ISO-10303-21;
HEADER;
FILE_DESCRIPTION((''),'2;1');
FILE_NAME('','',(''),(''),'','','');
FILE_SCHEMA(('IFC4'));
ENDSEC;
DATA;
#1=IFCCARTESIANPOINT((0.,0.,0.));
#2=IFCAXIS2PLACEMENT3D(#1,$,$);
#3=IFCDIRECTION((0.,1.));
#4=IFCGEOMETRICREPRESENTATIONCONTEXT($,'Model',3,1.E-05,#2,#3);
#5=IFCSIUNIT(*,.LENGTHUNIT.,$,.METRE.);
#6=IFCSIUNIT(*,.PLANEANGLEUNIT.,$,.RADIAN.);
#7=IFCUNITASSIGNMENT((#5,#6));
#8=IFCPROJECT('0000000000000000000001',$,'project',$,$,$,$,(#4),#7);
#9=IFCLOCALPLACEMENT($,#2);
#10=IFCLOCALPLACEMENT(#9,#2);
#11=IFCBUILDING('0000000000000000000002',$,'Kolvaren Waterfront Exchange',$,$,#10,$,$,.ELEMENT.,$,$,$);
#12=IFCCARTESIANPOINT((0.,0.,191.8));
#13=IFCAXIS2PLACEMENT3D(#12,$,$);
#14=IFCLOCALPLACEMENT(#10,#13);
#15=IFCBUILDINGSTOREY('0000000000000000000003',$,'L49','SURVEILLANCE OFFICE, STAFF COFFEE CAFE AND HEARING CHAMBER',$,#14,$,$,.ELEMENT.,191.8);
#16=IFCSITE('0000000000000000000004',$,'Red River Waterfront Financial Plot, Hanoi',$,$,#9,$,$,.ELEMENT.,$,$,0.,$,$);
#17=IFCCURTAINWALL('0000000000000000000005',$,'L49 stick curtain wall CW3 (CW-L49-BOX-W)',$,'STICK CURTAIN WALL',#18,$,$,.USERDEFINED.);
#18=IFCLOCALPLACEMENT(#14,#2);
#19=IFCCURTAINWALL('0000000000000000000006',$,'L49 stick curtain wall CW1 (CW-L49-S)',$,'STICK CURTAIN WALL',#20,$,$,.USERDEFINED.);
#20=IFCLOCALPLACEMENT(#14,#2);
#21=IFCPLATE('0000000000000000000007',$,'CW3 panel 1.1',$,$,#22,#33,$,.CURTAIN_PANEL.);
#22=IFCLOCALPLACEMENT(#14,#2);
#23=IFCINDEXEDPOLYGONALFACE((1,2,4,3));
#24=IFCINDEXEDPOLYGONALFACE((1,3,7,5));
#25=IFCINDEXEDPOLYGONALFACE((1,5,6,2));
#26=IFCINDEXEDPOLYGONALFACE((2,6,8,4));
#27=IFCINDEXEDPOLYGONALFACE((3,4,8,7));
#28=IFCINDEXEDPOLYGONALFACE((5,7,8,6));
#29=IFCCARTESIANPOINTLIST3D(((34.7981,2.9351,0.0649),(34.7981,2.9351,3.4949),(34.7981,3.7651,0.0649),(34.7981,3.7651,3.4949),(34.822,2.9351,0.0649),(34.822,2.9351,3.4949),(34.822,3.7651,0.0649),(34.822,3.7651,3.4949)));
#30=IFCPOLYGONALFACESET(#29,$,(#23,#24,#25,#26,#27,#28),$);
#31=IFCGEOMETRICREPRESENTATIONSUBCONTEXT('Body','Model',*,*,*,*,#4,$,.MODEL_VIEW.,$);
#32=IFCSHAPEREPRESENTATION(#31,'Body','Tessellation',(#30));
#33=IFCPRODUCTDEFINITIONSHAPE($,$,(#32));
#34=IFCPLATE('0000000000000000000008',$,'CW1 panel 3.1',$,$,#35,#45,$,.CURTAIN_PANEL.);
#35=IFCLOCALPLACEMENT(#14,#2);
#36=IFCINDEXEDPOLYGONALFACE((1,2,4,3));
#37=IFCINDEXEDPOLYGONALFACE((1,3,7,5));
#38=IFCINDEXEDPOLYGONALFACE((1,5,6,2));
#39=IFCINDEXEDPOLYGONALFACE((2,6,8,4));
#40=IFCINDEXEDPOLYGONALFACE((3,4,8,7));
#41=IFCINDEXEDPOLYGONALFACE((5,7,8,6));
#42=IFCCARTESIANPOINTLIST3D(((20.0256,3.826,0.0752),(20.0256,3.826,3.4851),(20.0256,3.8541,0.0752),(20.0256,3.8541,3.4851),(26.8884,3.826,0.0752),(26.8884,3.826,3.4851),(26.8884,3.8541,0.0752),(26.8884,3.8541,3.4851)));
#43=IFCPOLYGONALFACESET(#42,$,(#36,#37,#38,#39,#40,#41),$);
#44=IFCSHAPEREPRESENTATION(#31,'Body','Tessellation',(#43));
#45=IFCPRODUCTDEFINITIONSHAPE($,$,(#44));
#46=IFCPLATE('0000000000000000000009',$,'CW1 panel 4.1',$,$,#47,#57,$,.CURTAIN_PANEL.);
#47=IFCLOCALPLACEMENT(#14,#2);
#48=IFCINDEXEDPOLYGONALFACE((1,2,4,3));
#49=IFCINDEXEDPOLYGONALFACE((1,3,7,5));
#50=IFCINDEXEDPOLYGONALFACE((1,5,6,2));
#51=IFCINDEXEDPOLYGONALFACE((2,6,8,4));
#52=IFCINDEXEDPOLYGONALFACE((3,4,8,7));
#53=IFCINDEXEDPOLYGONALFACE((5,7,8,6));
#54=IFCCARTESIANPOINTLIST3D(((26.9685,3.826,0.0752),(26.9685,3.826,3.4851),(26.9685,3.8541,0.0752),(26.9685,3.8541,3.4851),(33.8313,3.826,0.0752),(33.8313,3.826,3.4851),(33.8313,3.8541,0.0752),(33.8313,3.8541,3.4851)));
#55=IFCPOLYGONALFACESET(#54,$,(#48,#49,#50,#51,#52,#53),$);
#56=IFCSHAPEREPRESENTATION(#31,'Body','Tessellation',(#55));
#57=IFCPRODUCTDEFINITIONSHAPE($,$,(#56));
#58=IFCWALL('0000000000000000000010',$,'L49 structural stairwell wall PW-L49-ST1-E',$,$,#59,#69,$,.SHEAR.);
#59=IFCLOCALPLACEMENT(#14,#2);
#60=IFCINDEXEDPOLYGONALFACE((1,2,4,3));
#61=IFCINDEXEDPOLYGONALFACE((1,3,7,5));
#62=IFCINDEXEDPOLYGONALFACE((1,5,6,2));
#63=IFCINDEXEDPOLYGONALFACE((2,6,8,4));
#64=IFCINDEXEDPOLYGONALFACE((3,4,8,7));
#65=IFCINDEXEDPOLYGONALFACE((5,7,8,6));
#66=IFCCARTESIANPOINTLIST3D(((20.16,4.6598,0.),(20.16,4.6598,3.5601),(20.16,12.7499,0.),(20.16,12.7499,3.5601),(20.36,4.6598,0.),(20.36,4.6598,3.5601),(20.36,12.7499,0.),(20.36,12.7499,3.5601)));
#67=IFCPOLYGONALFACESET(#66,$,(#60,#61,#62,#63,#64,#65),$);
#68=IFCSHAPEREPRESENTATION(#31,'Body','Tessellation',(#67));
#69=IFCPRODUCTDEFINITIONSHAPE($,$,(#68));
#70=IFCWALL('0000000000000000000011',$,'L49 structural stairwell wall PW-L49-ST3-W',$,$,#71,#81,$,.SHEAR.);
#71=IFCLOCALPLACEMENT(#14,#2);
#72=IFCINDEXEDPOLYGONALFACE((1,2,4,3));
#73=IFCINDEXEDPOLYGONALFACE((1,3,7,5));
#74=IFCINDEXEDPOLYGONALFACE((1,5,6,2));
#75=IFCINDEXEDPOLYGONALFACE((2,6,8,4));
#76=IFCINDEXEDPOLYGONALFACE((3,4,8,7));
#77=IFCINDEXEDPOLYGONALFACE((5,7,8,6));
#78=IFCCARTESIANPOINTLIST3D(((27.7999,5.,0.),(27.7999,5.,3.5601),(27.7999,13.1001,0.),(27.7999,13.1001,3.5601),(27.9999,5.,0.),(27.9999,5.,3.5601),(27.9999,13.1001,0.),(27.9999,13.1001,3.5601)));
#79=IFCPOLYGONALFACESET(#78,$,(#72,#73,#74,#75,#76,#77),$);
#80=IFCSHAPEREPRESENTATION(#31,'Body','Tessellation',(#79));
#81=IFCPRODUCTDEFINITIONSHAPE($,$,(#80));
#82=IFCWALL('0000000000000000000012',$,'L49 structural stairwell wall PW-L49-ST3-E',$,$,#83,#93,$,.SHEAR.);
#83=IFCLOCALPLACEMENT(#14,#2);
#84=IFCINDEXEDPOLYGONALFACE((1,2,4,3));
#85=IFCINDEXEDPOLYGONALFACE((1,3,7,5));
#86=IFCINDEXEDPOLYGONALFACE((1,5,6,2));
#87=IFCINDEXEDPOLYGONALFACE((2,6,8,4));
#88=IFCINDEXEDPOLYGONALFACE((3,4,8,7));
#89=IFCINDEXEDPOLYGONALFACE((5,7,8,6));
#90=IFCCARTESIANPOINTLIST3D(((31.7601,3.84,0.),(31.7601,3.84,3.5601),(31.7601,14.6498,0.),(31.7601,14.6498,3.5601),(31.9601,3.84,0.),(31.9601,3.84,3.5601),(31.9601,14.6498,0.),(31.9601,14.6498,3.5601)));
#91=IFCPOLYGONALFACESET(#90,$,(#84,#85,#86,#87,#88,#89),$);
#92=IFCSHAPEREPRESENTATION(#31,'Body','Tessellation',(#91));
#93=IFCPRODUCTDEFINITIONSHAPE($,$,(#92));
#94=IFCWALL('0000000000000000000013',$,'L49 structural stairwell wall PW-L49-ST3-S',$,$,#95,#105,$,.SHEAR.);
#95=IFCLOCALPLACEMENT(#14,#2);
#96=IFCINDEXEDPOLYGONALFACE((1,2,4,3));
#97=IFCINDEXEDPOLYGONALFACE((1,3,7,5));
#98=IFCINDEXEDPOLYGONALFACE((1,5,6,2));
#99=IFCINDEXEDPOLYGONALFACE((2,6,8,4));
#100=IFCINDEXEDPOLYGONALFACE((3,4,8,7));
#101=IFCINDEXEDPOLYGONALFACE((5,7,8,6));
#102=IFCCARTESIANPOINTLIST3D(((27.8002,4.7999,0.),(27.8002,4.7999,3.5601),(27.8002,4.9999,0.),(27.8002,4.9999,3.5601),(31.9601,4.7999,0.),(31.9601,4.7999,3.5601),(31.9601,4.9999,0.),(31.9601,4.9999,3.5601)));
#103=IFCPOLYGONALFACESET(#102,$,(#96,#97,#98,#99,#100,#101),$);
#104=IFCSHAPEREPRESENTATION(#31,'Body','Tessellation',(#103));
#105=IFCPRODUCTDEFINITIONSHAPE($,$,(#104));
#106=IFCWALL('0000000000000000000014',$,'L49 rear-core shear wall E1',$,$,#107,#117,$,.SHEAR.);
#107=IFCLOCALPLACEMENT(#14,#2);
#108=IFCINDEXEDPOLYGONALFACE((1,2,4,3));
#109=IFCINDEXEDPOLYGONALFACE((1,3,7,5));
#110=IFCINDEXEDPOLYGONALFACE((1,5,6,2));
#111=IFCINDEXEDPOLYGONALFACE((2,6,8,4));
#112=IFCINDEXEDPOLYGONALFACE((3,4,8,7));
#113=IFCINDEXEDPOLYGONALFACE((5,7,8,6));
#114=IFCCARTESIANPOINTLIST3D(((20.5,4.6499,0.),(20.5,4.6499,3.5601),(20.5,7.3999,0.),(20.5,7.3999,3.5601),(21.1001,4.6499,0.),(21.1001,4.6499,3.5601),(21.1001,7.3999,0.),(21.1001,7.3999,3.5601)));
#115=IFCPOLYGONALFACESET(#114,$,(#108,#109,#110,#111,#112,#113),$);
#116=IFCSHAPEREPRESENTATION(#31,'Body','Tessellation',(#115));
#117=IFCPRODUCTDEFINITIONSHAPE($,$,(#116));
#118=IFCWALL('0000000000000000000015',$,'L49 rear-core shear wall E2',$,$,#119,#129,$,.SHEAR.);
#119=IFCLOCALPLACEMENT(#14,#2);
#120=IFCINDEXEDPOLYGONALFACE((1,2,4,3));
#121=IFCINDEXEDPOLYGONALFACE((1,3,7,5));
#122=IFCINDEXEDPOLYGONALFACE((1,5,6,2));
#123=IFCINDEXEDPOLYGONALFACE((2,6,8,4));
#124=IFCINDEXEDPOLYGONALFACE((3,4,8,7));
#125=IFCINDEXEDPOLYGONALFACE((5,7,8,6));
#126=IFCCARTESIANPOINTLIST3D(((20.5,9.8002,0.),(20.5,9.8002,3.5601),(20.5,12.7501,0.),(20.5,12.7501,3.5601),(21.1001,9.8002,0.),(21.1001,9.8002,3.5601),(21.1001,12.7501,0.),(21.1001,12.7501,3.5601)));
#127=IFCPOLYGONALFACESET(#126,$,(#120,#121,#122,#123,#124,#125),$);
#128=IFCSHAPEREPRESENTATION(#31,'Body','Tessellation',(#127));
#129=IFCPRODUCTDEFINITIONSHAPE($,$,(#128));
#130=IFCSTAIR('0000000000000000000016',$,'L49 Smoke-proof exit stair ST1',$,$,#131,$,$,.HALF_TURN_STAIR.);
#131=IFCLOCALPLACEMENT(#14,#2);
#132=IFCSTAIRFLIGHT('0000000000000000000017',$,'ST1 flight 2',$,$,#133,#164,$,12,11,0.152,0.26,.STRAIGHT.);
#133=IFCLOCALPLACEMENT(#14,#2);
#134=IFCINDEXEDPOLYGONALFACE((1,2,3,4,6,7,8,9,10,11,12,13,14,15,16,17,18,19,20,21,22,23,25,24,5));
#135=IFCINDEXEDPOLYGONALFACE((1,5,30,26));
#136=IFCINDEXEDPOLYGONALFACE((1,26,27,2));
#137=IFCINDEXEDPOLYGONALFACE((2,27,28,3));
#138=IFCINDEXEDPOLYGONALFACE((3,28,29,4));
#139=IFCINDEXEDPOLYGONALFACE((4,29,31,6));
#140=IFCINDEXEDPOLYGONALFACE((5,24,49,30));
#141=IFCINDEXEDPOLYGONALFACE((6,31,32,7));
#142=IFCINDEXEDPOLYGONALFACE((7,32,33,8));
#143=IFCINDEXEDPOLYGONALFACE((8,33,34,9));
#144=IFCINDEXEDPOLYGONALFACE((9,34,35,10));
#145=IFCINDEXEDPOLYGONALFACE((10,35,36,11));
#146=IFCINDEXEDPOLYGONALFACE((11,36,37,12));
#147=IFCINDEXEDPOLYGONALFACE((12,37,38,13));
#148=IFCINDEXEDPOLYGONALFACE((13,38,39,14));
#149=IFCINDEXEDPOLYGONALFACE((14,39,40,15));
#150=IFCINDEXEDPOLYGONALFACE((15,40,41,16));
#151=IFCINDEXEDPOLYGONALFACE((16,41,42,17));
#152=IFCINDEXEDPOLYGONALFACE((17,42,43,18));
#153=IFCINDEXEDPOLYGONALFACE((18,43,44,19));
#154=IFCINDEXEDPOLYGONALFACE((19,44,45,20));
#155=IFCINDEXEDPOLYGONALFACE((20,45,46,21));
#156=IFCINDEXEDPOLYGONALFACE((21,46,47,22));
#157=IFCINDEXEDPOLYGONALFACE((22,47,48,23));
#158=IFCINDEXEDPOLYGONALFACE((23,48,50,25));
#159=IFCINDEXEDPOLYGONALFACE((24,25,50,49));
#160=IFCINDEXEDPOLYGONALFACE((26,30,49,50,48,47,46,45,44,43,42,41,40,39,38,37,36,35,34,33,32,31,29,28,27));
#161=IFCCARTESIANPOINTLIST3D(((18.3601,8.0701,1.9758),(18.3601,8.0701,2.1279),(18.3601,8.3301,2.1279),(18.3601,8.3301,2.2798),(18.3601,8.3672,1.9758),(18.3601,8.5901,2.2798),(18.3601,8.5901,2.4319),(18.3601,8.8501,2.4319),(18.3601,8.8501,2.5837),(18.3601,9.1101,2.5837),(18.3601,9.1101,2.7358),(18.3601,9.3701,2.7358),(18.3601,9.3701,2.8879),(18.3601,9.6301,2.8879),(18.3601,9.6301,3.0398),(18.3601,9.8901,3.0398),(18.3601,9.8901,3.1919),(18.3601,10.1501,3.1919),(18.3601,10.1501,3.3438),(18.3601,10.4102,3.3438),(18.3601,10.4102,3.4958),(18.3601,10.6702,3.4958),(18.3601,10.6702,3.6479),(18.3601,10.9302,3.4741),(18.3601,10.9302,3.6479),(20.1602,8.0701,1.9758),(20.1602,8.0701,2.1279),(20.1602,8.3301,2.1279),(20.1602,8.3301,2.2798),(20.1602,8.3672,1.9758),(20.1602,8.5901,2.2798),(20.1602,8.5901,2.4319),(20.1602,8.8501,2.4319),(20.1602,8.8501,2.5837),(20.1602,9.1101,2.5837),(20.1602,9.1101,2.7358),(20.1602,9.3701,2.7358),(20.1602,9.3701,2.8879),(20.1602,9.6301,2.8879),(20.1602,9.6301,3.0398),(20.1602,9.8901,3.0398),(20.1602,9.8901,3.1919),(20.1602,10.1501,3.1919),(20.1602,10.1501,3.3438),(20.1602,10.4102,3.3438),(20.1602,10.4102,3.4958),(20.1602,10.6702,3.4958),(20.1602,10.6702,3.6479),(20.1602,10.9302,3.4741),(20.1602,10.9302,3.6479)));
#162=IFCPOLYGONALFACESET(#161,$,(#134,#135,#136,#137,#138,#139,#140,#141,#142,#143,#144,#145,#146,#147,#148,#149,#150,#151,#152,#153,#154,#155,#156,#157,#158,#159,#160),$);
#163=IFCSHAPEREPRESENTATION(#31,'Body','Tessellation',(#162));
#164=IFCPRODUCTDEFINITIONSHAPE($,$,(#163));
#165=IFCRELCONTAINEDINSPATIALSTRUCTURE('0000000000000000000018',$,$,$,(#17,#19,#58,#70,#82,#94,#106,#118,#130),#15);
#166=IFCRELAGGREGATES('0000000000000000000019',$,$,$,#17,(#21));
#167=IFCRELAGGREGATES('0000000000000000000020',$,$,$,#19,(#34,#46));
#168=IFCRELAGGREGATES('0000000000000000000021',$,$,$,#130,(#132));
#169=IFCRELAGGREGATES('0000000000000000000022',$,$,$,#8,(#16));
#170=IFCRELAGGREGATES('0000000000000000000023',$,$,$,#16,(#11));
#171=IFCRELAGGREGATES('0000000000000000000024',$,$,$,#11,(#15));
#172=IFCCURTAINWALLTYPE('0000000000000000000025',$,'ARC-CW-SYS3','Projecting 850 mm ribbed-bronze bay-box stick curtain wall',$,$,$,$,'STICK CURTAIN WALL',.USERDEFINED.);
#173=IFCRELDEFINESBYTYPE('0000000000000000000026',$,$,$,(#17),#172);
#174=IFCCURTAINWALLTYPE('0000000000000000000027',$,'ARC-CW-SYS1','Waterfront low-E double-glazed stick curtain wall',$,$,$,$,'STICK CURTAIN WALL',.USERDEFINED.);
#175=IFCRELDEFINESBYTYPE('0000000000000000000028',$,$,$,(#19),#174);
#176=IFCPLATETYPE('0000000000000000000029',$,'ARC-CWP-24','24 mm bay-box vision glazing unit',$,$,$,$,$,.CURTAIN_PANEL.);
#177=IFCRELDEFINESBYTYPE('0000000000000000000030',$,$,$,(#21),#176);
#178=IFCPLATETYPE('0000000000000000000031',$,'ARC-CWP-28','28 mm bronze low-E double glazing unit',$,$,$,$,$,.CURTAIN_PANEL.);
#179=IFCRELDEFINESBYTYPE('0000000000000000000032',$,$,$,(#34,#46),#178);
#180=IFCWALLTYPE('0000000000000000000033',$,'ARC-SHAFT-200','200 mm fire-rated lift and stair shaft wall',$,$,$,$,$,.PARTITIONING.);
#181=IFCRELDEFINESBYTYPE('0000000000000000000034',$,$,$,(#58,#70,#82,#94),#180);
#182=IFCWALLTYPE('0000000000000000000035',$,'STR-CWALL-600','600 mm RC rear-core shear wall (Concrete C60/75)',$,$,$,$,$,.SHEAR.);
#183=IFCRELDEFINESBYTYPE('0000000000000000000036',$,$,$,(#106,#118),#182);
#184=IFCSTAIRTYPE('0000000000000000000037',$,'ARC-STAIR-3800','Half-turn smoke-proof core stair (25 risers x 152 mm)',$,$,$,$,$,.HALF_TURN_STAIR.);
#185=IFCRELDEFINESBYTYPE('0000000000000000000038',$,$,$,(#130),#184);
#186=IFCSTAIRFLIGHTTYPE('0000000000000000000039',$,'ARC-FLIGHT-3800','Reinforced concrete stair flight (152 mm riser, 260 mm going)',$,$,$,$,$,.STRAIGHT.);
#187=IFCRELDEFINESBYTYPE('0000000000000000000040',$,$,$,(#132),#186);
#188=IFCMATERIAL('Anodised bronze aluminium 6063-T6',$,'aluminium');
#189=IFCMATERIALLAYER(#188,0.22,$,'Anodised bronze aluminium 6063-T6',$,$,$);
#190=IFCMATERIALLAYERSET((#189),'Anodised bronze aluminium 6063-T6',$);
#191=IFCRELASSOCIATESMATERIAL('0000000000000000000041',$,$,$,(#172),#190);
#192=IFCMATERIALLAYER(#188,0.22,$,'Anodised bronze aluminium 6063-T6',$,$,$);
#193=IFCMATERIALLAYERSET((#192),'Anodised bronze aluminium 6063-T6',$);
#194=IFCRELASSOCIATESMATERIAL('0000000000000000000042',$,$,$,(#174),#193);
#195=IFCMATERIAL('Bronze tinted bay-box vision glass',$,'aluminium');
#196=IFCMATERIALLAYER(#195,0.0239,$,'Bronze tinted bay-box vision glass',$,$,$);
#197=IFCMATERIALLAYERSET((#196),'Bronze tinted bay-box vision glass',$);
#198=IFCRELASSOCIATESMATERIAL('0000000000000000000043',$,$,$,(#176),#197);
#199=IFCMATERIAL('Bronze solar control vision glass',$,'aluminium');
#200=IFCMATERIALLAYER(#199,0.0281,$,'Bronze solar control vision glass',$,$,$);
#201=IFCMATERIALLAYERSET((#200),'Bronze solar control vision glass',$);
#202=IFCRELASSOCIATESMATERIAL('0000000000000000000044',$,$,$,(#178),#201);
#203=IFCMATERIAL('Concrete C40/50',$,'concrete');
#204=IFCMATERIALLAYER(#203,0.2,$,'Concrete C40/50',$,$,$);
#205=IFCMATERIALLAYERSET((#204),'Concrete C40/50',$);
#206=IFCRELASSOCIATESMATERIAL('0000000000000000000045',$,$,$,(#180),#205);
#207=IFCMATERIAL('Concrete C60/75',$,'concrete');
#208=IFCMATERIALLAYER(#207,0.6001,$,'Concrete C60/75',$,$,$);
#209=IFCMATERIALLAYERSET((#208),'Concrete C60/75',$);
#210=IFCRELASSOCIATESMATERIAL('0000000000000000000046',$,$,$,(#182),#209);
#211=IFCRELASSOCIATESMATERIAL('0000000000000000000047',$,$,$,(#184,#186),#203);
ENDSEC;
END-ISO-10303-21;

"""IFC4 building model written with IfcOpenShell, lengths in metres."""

from ifc_helpers import new_model, si_unit, direction, frame, frame_2d, origin, origin_with_axes, origin_2d, place, context, subcontext, project, spatial, polyline, rectangle, outline, extrude, source, transform, mapped, material, layer, layer_set, type_object, element, aggregate, save


model = new_model("IFC4")

# Units and contexts
model_context = context("Model", 3, precision=1e-05, world=origin(), true_north=direction((0.0, 1.0)))
body_context = subcontext(model_context, "Body", "Model", "MODEL_VIEW")
ifc_project = project(units=[si_unit("LENGTHUNIT", "METRE"), si_unit("PLANEANGLEUNIT", "RADIAN")], contexts=[model_context])

# Site, building, storey
site_placement = place(None, origin())
site = spatial("IfcSite", under=ifc_project, at=site_placement, Name="Red River Waterfront Financial Plot, Hanoi", CompositionType="ELEMENT", RefElevation=0.0)
building_placement = place(site_placement, origin())
building = spatial("IfcBuilding", under=site, at=building_placement, Name="Kolvaren Waterfront Exchange", CompositionType="ELEMENT")
storey_placement = place(building_placement, frame((0.0, 0.0, 191.8)))
storey = spatial("IfcBuildingStorey", under=building, at=storey_placement, Name="L49", Description="SURVEILLANCE OFFICE, STAFF COFFEE CAFE AND HEARING CHAMBER", CompositionType="ELEMENT", Elevation=191.8)

# Shared definitions
ifc_material_1 = material(Name="Concrete C60/75", Category="concrete")

# Curtain walls
ifc_material_2 = material(Name="Anodised bronze aluminium 6063-T6", Category="aluminium")
ifc_layer_1 = layer(ifc_material_2, 0.22, Name="Anodised bronze aluminium 6063-T6")
ifc_layer_set_1 = layer_set([ifc_layer_1], Name="Anodised bronze aluminium 6063-T6")
curtain_wall_type_1 = type_object("IfcCurtainWallType", Name="ARC-CW-SYS3", Description="Projecting 850 mm ribbed-bronze bay-box stick curtain wall", ElementType="STICK CURTAIN WALL", PredefinedType="USERDEFINED", material=ifc_layer_set_1)
curtain_wall_1_placement = place(storey_placement, origin())
curtain_wall_1 = element("IfcCurtainWall", 1, at=curtain_wall_1_placement, inside=storey, type_object=curtain_wall_type_1, Name="L49 stick curtain wall CW3 (CW-L49-BOX-W)", ObjectType="STICK CURTAIN WALL", PredefinedType="USERDEFINED")
ifc_layer_2 = layer(ifc_material_2, 0.22, Name="Anodised bronze aluminium 6063-T6")
ifc_layer_set_2 = layer_set([ifc_layer_2], Name="Anodised bronze aluminium 6063-T6")
curtain_wall_type_2 = type_object("IfcCurtainWallType", Name="ARC-CW-SYS1", Description="Waterfront low-E double-glazed stick curtain wall", ElementType="STICK CURTAIN WALL", PredefinedType="USERDEFINED", material=ifc_layer_set_2)
curtain_wall_2_placement = place(storey_placement, origin())
curtain_wall_2 = element("IfcCurtainWall", 2, at=curtain_wall_2_placement, inside=storey, type_object=curtain_wall_type_2, Name="L49 stick curtain wall CW1 (CW-L49-S)", ObjectType="STICK CURTAIN WALL", PredefinedType="USERDEFINED")

# Plates
ifc_material_3 = material(Name="Bronze tinted bay-box vision glass", Category="aluminium")
ifc_layer_3 = layer(ifc_material_3, 0.0239, Name="Bronze tinted bay-box vision glass")
ifc_layer_set_3 = layer_set([ifc_layer_3], Name="Bronze tinted bay-box vision glass")
plate_type_1 = type_object("IfcPlateType", Name="ARC-CWP-24", Description="24 mm bay-box vision glazing unit", PredefinedType="CURTAIN_PANEL", material=ifc_layer_set_3)
shared_shape_1 = source(origin_with_axes(), body_context, "Body", "SweptSolid", [
    extrude(rectangle(XDim=0.8301, YDim=0.0239, at=origin_2d()), origin(), (0.0, 0.0, 1.0), 3.4299),
])
plate_1_placement = place(storey_placement, frame((34.8101, 3.3501, 0.0649), z_axis=(0.0, 0.0, 1.0), x_axis=(0.0, -1.0, 0.0)))
plate_1 = element("IfcPlate", 3, at=plate_1_placement, type_object=plate_type_1, Name="CW3 panel 1.1", PredefinedType="CURTAIN_PANEL", context=body_context, shape_type="MappedRepresentation", body=[
    mapped(shared_shape_1, transform((0.0, 0.0, 0.0), x_axis=(1.0, 0.0, 0.0), y_axis=(0.0, 1.0, 0.0), z_axis=(0.0, 0.0, 1.0), scale=1.0)),
])
aggregate(curtain_wall_1, [plate_1])
ifc_material_4 = material(Name="Bronze solar control vision glass", Category="aluminium")
ifc_layer_4 = layer(ifc_material_4, 0.0281, Name="Bronze solar control vision glass")
ifc_layer_set_4 = layer_set([ifc_layer_4], Name="Bronze solar control vision glass")
plate_type_2 = type_object("IfcPlateType", Name="ARC-CWP-28", Description="28 mm bronze low-E double glazing unit", PredefinedType="CURTAIN_PANEL", material=ifc_layer_set_4)
shared_shape_2 = source(origin_with_axes(), body_context, "Body", "SweptSolid", [
    extrude(rectangle(XDim=6.8628, YDim=0.0281, at=origin_2d()), origin(), (0.0, 0.0, 1.0), 3.4099),
])
plate_2_placement = place(storey_placement, frame((23.457, 3.8401, 0.0752), z_axis=(0.0, 0.0, 1.0), x_axis=(1.0, 0.0, 0.0)))
plate_2 = element("IfcPlate", 4, at=plate_2_placement, type_object=plate_type_2, Name="CW1 panel 3.1", PredefinedType="CURTAIN_PANEL", context=body_context, shape_type="MappedRepresentation", body=[
    mapped(shared_shape_2, transform((0.0, 0.0, 0.0), x_axis=(1.0, 0.0, 0.0), y_axis=(0.0, 1.0, 0.0), z_axis=(0.0, 0.0, 1.0), scale=1.0)),
])
plate_3_placement = place(storey_placement, frame((30.3999, 3.8401, 0.0752), z_axis=(0.0, 0.0, 1.0), x_axis=(1.0, 0.0, 0.0)))
plate_3 = element("IfcPlate", 5, at=plate_3_placement, type_object=plate_type_2, Name="CW1 panel 4.1", PredefinedType="CURTAIN_PANEL", context=body_context, shape_type="MappedRepresentation", body=[
    mapped(shared_shape_2, transform((0.0, 0.0, 0.0), x_axis=(1.0, 0.0, 0.0), y_axis=(0.0, 1.0, 0.0), z_axis=(0.0, 0.0, 1.0), scale=1.0)),
])
aggregate(curtain_wall_2, [plate_2, plate_3])

# Walls
ifc_material_5 = material(Name="Concrete C40/50", Category="concrete")
ifc_layer_5 = layer(ifc_material_5, 0.2, Name="Concrete C40/50")
ifc_layer_set_5 = layer_set([ifc_layer_5], Name="Concrete C40/50")
wall_type_1 = type_object("IfcWallType", Name="ARC-SHAFT-200", Description="200 mm fire-rated lift and stair shaft wall", PredefinedType="PARTITIONING", material=ifc_layer_set_5)
wall_1_placement = place(storey_placement, frame((20.26, 4.6599, 0.0), z_axis=(0.0, 0.0, 1.0), x_axis=(0.0, 1.0, 0.0)))
element("IfcWall", 6, at=wall_1_placement, inside=storey, type_object=wall_type_1, Name="L49 structural stairwell wall PW-L49-ST1-E", PredefinedType="SHEAR", context=body_context, shape_type="SweptSolid", body=[
    extrude(rectangle(XDim=8.0901, YDim=0.2, at=frame_2d((4.0449, 0.0))), origin(), (0.0, 0.0, 1.0), 3.5601),
])
wall_2_placement = place(storey_placement, frame((27.8999, 5.0, 0.0), z_axis=(0.0, 0.0, 1.0), x_axis=(0.0, 1.0, 0.0)))
element("IfcWall", 7, at=wall_2_placement, inside=storey, type_object=wall_type_1, Name="L49 structural stairwell wall PW-L49-ST3-W", PredefinedType="SHEAR", context=body_context, shape_type="SweptSolid", body=[
    extrude(rectangle(XDim=8.1001, YDim=0.2, at=frame_2d((4.05, 0.0))), origin(), (0.0, 0.0, 1.0), 3.5601),
])
wall_3_placement = place(storey_placement, frame((31.8601, 3.8401, 0.0), z_axis=(0.0, 0.0, 1.0), x_axis=(0.0, 1.0, 0.0)))
element("IfcWall", 8, at=wall_3_placement, inside=storey, type_object=wall_type_1, Name="L49 structural stairwell wall PW-L49-ST3-E", PredefinedType="SHEAR", context=body_context, shape_type="SweptSolid", body=[
    extrude(rectangle(XDim=10.8098, YDim=0.2, at=frame_2d((5.4048, 0.0))), origin(), (0.0, 0.0, 1.0), 3.5601),
])
wall_4_placement = place(storey_placement, frame((27.8, 4.8999, 0.0), z_axis=(0.0, 0.0, 1.0), x_axis=(1.0, 0.0, 0.0)))
element("IfcWall", 9, at=wall_4_placement, inside=storey, type_object=wall_type_1, Name="L49 structural stairwell wall PW-L49-ST3-S", PredefinedType="SHEAR", context=body_context, shape_type="SweptSolid", body=[
    extrude(rectangle(XDim=4.1599, YDim=0.2, at=frame_2d((2.0801, 0.0))), origin(), (0.0, 0.0, 1.0), 3.5601),
])
ifc_layer_6 = layer(ifc_material_1, 0.6001, Name="Concrete C60/75")
ifc_layer_set_6 = layer_set([ifc_layer_6], Name="Concrete C60/75")
wall_type_2 = type_object("IfcWallType", Name="STR-CWALL-600", Description="600 mm RC rear-core shear wall (Concrete C60/75)", PredefinedType="SHEAR", material=ifc_layer_set_6)
wall_5_placement = place(storey_placement, frame((20.8, 4.6499, 0.0), z_axis=(0.0, 0.0, 1.0), x_axis=(0.0, 1.0, 0.0)))
element("IfcWall", 10, at=wall_5_placement, inside=storey, type_object=wall_type_2, Name="L49 rear-core shear wall E1", PredefinedType="SHEAR", context=body_context, shape_type="SweptSolid", body=[
    extrude(rectangle(XDim=2.75, YDim=0.6001, at=frame_2d((1.375, 0.0))), origin(), (0.0, 0.0, 1.0), 3.5601),
])
wall_6_placement = place(storey_placement, frame((20.8, 9.8, 0.0), z_axis=(0.0, 0.0, 1.0), x_axis=(0.0, 1.0, 0.0)))
element("IfcWall", 11, at=wall_6_placement, inside=storey, type_object=wall_type_2, Name="L49 rear-core shear wall E2", PredefinedType="SHEAR", context=body_context, shape_type="SweptSolid", body=[
    extrude(rectangle(XDim=2.95, YDim=0.6001, at=frame_2d((1.4751, 0.0))), origin(), (0.0, 0.0, 1.0), 3.5601),
])

# Stair, stair flight
stair_type = type_object("IfcStairType", Name="ARC-STAIR-3800", Description="Half-turn smoke-proof core stair (25 risers x 152 mm)", PredefinedType="HALF_TURN_STAIR", material=ifc_material_5)
stair_1_placement = place(storey_placement, origin())
stair_1 = element("IfcStair", 12, at=stair_1_placement, inside=storey, type_object=stair_type, Name="L49 Smoke-proof exit stair ST1", PredefinedType="HALF_TURN_STAIR")
stair_flight_type = type_object("IfcStairFlightType", Name="ARC-FLIGHT-3800", Description="Reinforced concrete stair flight (152 mm riser, 260 mm going)", PredefinedType="STRAIGHT", material=ifc_material_5)
stair_flight_1_placement = place(storey_placement, frame((19.26, 8.0701, 1.9758), z_axis=(0.0, 0.0, 1.0), x_axis=(0.0, 1.0, 0.0)))
stair_flight_1 = element("IfcStairFlight", 13, at=stair_flight_1_placement, type_object=stair_flight_type, Name="ST1 flight 2", NumberOfRisers=12, NumberOfTreads=11, PredefinedType="STRAIGHT", RiserHeight=0.152, TreadLength=0.26, context=body_context, shape_type="SweptSolid", body=[
    extrude(outline(polyline([(0.0, 0.0), (0.0, 0.1521), (0.26, 0.1521), (0.26, 0.304), (0.52, 0.304), (0.52, 0.4561), (0.78, 0.4561), (0.78, 0.6079), (1.04, 0.6079), (1.04, 0.76), (1.3, 0.76), (1.3, 0.9121), (1.5601, 0.9121), (1.5601, 1.064), (1.8201, 1.064), (1.8201, 1.2161), (2.0801, 1.2161), (2.0801, 1.3679), (2.3401, 1.3679), (2.3401, 1.52), (2.6001, 1.52), (2.6001, 1.6721), (2.8601, 1.6721), (2.8601, 1.824), (2.8601, 1.4983), (0.2971, 0.0), (0.0, 0.0)])), frame((0.0, 0.8999, 0.0), z_axis=(0.0, -1.0, 0.0), x_axis=(1.0, 0.0, 0.0)), (0.0, 0.0, 1.0), 1.8),
])
aggregate(stair_1, [stair_flight_1])

save(model, "model.ifc")
